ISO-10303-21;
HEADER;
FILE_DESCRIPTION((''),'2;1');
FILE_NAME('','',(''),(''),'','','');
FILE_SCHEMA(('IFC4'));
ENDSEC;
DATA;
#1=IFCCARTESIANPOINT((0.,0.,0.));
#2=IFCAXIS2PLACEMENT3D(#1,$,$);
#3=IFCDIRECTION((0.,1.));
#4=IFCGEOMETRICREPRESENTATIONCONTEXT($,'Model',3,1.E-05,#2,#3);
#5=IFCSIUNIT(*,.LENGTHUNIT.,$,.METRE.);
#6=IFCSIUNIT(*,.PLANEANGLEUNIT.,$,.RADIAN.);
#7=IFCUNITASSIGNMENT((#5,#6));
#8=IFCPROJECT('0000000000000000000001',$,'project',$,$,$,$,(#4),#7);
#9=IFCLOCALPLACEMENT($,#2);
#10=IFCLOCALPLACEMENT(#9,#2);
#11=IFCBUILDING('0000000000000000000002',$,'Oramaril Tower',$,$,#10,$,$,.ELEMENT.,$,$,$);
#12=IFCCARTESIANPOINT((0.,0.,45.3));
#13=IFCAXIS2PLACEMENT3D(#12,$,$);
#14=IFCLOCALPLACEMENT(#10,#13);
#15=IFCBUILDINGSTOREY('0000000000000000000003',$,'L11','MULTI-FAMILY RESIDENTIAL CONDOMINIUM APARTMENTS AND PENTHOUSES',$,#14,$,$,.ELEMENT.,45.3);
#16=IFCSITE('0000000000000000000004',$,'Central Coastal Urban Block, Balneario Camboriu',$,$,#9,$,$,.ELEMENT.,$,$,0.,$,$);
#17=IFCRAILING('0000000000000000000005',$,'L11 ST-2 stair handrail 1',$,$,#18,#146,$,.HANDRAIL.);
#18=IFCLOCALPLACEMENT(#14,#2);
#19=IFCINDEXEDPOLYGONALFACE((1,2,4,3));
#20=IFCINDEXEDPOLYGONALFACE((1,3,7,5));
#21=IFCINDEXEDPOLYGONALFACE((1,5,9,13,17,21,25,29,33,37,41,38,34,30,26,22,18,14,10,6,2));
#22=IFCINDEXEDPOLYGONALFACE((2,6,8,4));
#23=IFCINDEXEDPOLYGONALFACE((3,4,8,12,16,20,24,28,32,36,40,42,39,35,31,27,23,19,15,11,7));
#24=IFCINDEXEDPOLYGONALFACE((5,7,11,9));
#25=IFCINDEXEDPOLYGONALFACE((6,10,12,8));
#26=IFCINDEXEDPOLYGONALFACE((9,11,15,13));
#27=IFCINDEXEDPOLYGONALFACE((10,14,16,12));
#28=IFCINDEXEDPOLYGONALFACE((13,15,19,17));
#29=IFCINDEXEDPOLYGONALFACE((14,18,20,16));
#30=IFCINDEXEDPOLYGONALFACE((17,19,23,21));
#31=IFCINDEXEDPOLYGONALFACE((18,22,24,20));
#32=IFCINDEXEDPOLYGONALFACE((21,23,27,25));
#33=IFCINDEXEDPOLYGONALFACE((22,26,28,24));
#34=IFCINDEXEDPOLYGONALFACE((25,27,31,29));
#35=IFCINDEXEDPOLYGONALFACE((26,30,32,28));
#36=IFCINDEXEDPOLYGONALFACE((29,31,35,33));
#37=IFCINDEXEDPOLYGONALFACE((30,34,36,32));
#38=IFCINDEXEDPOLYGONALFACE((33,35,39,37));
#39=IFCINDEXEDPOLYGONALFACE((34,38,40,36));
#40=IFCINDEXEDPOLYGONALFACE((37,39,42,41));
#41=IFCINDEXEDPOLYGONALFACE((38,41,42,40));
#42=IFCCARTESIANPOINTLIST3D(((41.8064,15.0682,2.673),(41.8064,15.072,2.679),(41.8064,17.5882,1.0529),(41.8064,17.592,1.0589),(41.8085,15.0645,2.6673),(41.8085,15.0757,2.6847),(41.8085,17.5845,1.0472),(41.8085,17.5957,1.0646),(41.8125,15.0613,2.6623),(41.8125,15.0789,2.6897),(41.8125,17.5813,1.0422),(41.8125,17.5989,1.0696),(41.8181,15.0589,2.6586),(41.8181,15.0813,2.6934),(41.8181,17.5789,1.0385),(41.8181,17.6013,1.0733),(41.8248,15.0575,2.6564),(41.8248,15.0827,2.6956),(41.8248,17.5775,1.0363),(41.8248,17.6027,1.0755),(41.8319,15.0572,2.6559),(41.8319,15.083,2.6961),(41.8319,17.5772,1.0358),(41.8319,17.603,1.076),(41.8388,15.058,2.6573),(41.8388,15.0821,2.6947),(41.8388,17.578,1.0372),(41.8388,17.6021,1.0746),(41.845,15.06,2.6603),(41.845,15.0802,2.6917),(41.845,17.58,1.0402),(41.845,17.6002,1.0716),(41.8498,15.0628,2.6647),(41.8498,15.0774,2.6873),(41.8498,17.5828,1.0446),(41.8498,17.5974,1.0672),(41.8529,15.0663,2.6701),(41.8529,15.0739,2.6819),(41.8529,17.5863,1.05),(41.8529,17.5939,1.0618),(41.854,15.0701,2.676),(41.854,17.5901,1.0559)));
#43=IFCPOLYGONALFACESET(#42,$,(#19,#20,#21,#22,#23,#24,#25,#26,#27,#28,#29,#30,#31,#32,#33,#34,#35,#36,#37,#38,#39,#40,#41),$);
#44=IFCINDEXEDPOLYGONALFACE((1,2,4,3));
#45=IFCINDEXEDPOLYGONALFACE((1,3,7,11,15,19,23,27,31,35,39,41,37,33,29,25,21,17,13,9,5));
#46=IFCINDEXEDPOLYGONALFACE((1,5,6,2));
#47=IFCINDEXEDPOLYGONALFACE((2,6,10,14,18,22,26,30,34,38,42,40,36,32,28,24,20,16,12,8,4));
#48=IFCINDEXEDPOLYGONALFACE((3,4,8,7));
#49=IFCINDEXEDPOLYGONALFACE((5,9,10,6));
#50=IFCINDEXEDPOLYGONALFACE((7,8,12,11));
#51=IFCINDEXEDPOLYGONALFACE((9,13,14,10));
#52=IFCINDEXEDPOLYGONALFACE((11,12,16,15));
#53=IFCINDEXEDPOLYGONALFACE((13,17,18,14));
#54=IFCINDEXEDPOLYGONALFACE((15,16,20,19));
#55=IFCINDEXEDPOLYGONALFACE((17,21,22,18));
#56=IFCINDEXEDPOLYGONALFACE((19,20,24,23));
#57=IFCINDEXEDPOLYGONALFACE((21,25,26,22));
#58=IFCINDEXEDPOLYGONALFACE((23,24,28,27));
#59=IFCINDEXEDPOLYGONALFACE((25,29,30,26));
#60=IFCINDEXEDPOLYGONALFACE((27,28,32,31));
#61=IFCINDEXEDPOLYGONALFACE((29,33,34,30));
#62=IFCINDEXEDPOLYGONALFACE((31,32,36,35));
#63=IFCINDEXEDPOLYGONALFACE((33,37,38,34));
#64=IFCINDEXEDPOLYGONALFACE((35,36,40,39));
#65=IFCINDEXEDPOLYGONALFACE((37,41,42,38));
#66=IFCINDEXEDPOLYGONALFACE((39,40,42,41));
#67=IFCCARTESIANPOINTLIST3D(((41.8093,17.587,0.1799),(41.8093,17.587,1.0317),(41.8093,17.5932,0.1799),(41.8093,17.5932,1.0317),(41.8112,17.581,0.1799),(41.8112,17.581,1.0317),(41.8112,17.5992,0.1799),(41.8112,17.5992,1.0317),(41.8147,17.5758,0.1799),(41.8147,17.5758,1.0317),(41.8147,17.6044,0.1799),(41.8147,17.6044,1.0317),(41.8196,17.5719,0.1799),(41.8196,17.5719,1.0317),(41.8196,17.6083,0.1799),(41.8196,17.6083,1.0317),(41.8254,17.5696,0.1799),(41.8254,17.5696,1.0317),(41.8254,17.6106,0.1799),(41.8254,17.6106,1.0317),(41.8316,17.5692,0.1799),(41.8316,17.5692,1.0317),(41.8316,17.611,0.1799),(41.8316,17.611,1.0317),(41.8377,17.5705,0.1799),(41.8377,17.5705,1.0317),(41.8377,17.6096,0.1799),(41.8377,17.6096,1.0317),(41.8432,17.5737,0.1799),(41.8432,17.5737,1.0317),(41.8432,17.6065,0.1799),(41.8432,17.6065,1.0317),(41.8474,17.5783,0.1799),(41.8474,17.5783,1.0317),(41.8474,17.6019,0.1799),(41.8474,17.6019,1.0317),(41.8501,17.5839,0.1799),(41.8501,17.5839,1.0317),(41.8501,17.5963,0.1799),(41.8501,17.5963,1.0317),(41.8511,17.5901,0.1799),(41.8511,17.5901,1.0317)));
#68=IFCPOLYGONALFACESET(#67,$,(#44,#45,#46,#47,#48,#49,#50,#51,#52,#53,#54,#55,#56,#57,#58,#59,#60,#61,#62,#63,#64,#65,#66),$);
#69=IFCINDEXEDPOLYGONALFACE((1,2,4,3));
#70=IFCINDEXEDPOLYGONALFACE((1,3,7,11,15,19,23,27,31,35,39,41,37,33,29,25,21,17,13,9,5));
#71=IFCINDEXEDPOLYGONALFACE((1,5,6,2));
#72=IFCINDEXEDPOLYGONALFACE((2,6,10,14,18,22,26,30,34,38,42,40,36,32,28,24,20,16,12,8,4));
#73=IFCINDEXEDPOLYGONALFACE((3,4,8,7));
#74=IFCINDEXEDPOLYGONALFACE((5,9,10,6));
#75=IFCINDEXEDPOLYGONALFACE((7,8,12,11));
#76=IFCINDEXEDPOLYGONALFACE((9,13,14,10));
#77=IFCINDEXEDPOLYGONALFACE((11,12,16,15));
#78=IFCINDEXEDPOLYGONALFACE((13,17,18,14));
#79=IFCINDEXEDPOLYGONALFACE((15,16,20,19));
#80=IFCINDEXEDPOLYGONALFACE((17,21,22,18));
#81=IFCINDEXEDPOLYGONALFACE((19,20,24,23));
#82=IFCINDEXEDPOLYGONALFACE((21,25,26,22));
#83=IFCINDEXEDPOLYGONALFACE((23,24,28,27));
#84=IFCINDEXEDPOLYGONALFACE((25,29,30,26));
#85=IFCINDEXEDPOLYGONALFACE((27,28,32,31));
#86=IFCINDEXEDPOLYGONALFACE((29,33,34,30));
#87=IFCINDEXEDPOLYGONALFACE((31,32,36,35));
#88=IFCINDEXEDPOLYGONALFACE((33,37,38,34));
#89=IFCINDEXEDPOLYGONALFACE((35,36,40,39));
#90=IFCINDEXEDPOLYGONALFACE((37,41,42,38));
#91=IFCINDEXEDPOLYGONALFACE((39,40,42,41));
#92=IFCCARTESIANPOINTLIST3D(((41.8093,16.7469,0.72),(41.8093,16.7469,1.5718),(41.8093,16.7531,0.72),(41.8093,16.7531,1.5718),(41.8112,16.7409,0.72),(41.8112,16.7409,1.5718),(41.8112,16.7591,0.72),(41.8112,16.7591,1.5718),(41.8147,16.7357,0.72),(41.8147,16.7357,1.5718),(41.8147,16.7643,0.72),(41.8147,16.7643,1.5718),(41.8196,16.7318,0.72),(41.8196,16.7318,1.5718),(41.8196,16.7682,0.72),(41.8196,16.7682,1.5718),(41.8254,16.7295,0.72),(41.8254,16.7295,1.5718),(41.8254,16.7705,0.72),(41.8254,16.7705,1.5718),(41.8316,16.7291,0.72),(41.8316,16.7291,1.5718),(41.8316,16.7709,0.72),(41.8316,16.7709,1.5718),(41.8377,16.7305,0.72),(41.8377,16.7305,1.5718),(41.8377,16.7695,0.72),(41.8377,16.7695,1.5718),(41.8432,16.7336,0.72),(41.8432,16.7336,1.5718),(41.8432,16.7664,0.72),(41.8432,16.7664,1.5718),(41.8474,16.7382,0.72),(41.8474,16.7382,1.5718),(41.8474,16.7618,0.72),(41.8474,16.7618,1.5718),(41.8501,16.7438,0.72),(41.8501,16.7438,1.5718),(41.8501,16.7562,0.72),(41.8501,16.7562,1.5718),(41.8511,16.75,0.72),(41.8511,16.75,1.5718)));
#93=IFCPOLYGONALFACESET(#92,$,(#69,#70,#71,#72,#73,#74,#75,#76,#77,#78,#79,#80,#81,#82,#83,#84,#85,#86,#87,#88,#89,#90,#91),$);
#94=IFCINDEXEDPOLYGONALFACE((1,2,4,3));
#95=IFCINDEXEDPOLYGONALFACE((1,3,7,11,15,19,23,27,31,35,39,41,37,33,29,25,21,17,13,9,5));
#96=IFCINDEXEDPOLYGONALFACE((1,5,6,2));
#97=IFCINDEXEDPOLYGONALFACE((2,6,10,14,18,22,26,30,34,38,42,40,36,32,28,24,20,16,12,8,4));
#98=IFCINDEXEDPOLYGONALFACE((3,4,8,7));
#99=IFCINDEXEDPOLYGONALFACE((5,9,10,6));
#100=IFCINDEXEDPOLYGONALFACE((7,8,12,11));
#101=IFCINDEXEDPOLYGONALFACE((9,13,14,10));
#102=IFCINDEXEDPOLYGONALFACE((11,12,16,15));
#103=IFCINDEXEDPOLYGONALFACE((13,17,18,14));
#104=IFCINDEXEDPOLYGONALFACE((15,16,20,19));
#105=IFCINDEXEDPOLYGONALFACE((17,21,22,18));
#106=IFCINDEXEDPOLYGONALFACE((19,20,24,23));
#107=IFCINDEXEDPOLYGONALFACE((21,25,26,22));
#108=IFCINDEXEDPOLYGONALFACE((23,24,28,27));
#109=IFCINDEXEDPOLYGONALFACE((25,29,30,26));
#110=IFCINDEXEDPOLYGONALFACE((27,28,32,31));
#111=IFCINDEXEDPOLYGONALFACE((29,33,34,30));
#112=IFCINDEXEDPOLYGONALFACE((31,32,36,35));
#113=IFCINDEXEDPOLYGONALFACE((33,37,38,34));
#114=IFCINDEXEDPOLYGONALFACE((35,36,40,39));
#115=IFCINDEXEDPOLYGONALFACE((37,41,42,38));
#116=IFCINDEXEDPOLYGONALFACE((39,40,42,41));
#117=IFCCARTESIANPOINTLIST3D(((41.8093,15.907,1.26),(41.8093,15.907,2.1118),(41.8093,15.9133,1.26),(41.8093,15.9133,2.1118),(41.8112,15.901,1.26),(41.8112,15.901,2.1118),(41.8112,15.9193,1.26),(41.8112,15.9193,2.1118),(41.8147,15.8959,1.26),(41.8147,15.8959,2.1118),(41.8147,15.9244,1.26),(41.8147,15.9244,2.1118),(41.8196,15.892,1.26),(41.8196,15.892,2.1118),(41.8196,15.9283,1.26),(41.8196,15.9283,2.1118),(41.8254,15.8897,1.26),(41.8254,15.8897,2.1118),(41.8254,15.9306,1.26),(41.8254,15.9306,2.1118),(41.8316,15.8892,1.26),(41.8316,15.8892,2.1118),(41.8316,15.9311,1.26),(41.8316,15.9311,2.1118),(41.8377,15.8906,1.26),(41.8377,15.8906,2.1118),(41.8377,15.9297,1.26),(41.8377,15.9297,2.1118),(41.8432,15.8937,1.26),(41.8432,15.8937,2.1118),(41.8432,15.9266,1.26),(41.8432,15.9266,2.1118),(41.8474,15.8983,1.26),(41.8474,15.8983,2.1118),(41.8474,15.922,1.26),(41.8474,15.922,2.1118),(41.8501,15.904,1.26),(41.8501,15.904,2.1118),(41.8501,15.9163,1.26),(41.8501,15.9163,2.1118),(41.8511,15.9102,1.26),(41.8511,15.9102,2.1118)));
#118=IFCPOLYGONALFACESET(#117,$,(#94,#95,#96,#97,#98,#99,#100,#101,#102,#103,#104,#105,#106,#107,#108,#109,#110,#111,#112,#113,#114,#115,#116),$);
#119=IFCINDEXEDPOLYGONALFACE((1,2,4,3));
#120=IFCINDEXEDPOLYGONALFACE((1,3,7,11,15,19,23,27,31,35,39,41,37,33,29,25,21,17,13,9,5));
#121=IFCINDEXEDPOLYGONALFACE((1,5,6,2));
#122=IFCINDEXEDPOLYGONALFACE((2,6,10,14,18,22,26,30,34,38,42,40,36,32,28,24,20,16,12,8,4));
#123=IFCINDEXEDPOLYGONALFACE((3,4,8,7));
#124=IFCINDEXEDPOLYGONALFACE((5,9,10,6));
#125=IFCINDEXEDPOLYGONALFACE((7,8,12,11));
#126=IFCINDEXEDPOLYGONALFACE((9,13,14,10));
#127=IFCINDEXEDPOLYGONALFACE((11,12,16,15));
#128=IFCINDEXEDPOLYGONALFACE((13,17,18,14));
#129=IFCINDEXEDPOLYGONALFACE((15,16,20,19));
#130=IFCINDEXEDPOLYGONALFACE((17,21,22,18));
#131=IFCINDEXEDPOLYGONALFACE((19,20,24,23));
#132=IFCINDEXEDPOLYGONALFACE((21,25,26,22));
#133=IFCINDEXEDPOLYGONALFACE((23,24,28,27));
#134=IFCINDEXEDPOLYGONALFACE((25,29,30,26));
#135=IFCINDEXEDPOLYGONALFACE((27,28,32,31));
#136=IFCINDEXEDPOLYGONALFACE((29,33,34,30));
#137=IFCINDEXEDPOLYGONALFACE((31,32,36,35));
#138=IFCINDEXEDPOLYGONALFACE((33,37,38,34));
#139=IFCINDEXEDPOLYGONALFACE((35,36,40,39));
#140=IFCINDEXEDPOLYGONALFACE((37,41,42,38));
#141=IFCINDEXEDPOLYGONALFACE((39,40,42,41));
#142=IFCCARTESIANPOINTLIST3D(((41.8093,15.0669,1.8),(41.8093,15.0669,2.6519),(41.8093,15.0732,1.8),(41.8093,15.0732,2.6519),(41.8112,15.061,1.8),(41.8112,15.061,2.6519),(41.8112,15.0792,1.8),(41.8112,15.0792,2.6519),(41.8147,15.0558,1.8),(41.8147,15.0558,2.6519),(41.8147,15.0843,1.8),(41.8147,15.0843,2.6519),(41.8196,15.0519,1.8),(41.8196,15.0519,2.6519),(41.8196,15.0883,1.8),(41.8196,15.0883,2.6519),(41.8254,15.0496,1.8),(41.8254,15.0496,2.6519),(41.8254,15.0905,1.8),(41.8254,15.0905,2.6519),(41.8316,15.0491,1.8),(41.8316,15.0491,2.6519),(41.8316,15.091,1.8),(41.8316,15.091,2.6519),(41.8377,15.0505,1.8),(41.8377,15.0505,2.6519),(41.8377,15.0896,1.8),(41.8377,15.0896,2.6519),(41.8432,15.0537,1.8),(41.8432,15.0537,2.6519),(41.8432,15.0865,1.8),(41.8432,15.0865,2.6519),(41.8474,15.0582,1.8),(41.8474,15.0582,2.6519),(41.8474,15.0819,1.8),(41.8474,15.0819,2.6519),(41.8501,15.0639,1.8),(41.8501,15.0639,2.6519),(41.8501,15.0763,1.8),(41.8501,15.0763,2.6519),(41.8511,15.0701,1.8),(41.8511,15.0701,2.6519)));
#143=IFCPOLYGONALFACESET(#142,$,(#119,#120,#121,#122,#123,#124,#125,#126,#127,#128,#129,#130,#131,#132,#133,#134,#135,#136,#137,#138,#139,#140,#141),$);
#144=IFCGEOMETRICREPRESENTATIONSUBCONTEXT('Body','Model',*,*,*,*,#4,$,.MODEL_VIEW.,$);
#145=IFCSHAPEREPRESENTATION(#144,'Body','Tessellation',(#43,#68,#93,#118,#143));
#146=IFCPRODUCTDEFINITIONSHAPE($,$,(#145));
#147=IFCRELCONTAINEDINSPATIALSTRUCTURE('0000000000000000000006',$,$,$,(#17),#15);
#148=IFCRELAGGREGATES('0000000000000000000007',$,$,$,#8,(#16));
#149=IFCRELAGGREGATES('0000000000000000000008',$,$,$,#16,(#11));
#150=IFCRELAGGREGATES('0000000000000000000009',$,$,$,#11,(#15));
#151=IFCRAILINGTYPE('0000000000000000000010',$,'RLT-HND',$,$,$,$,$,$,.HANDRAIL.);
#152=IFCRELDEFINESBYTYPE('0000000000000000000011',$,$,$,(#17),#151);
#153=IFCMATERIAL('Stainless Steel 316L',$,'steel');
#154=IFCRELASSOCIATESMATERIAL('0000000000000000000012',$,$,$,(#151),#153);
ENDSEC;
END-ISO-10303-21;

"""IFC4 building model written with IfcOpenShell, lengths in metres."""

from ifc_helpers import new_model, si_unit, direction, frame, origin, origin_2d, place, context, subcontext, project, spatial, circle, extrude, material, type_object, element, save


model = new_model("IFC4")

# Units and contexts
model_context = context("Model", 3, precision=1e-05, world=origin(), true_north=direction((0.0, 1.0)))
body_context = subcontext(model_context, "Body", "Model", "MODEL_VIEW")
ifc_project = project(units=[si_unit("LENGTHUNIT", "METRE"), si_unit("PLANEANGLEUNIT", "RADIAN")], contexts=[model_context])

# Site, building, storey
site_placement = place(None, origin())
site = spatial("IfcSite", under=ifc_project, at=site_placement, Name="Central Coastal Urban Block, Balneario Camboriu", CompositionType="ELEMENT", RefElevation=0.0)
building_placement = place(site_placement, origin())
building = spatial("IfcBuilding", under=site, at=building_placement, Name="Oramaril Tower", CompositionType="ELEMENT")
storey_placement = place(building_placement, frame((0.0, 0.0, 45.3)))
storey = spatial("IfcBuildingStorey", under=building, at=storey_placement, Name="L11", Description="MULTI-FAMILY RESIDENTIAL CONDOMINIUM APARTMENTS AND PENTHOUSES", CompositionType="ELEMENT", Elevation=45.3)

# Railing
ifc_material_1 = material(Name="Stainless Steel 316L", Category="steel")
railing_type_1 = type_object("IfcRailingType", Name="RLT-HND", PredefinedType="HANDRAIL", material=ifc_material_1)
railing_1_placement = place(storey_placement, frame((41.8301, 17.5901, 0.1799)))
element("IfcRailing", 1, at=railing_1_placement, inside=storey, type_object=railing_type_1, Name="L11 ST-2 stair handrail 1", PredefinedType="HANDRAIL", context=body_context, shape_type="SweptSolid", body=[
    extrude(circle(Radius=0.0239, at=origin_2d()), frame((0.0, 0.0, 0.876), z_axis=(0.0, -0.841163, 0.540782), x_axis=(1.0, 0.0, 0.0)), (0.0, 0.0, 1.0), 2.9958),
    extrude(circle(Radius=0.021, at=origin_2d()), origin(), (0.0, 0.0, 1.0), 0.8518),
    extrude(circle(Radius=0.021, at=origin_2d()), frame((0.0, -0.8401, 0.54)), (0.0, 0.0, 1.0), 0.8518),
    extrude(circle(Radius=0.021, at=origin_2d()), frame((0.0, -1.6799, 1.0801)), (0.0, 0.0, 1.0), 0.8518),
    extrude(circle(Radius=0.021, at=origin_2d()), frame((0.0, -2.52, 1.6201)), (0.0, 0.0, 1.0), 0.8518),
])

save(model, "model.ifc")
